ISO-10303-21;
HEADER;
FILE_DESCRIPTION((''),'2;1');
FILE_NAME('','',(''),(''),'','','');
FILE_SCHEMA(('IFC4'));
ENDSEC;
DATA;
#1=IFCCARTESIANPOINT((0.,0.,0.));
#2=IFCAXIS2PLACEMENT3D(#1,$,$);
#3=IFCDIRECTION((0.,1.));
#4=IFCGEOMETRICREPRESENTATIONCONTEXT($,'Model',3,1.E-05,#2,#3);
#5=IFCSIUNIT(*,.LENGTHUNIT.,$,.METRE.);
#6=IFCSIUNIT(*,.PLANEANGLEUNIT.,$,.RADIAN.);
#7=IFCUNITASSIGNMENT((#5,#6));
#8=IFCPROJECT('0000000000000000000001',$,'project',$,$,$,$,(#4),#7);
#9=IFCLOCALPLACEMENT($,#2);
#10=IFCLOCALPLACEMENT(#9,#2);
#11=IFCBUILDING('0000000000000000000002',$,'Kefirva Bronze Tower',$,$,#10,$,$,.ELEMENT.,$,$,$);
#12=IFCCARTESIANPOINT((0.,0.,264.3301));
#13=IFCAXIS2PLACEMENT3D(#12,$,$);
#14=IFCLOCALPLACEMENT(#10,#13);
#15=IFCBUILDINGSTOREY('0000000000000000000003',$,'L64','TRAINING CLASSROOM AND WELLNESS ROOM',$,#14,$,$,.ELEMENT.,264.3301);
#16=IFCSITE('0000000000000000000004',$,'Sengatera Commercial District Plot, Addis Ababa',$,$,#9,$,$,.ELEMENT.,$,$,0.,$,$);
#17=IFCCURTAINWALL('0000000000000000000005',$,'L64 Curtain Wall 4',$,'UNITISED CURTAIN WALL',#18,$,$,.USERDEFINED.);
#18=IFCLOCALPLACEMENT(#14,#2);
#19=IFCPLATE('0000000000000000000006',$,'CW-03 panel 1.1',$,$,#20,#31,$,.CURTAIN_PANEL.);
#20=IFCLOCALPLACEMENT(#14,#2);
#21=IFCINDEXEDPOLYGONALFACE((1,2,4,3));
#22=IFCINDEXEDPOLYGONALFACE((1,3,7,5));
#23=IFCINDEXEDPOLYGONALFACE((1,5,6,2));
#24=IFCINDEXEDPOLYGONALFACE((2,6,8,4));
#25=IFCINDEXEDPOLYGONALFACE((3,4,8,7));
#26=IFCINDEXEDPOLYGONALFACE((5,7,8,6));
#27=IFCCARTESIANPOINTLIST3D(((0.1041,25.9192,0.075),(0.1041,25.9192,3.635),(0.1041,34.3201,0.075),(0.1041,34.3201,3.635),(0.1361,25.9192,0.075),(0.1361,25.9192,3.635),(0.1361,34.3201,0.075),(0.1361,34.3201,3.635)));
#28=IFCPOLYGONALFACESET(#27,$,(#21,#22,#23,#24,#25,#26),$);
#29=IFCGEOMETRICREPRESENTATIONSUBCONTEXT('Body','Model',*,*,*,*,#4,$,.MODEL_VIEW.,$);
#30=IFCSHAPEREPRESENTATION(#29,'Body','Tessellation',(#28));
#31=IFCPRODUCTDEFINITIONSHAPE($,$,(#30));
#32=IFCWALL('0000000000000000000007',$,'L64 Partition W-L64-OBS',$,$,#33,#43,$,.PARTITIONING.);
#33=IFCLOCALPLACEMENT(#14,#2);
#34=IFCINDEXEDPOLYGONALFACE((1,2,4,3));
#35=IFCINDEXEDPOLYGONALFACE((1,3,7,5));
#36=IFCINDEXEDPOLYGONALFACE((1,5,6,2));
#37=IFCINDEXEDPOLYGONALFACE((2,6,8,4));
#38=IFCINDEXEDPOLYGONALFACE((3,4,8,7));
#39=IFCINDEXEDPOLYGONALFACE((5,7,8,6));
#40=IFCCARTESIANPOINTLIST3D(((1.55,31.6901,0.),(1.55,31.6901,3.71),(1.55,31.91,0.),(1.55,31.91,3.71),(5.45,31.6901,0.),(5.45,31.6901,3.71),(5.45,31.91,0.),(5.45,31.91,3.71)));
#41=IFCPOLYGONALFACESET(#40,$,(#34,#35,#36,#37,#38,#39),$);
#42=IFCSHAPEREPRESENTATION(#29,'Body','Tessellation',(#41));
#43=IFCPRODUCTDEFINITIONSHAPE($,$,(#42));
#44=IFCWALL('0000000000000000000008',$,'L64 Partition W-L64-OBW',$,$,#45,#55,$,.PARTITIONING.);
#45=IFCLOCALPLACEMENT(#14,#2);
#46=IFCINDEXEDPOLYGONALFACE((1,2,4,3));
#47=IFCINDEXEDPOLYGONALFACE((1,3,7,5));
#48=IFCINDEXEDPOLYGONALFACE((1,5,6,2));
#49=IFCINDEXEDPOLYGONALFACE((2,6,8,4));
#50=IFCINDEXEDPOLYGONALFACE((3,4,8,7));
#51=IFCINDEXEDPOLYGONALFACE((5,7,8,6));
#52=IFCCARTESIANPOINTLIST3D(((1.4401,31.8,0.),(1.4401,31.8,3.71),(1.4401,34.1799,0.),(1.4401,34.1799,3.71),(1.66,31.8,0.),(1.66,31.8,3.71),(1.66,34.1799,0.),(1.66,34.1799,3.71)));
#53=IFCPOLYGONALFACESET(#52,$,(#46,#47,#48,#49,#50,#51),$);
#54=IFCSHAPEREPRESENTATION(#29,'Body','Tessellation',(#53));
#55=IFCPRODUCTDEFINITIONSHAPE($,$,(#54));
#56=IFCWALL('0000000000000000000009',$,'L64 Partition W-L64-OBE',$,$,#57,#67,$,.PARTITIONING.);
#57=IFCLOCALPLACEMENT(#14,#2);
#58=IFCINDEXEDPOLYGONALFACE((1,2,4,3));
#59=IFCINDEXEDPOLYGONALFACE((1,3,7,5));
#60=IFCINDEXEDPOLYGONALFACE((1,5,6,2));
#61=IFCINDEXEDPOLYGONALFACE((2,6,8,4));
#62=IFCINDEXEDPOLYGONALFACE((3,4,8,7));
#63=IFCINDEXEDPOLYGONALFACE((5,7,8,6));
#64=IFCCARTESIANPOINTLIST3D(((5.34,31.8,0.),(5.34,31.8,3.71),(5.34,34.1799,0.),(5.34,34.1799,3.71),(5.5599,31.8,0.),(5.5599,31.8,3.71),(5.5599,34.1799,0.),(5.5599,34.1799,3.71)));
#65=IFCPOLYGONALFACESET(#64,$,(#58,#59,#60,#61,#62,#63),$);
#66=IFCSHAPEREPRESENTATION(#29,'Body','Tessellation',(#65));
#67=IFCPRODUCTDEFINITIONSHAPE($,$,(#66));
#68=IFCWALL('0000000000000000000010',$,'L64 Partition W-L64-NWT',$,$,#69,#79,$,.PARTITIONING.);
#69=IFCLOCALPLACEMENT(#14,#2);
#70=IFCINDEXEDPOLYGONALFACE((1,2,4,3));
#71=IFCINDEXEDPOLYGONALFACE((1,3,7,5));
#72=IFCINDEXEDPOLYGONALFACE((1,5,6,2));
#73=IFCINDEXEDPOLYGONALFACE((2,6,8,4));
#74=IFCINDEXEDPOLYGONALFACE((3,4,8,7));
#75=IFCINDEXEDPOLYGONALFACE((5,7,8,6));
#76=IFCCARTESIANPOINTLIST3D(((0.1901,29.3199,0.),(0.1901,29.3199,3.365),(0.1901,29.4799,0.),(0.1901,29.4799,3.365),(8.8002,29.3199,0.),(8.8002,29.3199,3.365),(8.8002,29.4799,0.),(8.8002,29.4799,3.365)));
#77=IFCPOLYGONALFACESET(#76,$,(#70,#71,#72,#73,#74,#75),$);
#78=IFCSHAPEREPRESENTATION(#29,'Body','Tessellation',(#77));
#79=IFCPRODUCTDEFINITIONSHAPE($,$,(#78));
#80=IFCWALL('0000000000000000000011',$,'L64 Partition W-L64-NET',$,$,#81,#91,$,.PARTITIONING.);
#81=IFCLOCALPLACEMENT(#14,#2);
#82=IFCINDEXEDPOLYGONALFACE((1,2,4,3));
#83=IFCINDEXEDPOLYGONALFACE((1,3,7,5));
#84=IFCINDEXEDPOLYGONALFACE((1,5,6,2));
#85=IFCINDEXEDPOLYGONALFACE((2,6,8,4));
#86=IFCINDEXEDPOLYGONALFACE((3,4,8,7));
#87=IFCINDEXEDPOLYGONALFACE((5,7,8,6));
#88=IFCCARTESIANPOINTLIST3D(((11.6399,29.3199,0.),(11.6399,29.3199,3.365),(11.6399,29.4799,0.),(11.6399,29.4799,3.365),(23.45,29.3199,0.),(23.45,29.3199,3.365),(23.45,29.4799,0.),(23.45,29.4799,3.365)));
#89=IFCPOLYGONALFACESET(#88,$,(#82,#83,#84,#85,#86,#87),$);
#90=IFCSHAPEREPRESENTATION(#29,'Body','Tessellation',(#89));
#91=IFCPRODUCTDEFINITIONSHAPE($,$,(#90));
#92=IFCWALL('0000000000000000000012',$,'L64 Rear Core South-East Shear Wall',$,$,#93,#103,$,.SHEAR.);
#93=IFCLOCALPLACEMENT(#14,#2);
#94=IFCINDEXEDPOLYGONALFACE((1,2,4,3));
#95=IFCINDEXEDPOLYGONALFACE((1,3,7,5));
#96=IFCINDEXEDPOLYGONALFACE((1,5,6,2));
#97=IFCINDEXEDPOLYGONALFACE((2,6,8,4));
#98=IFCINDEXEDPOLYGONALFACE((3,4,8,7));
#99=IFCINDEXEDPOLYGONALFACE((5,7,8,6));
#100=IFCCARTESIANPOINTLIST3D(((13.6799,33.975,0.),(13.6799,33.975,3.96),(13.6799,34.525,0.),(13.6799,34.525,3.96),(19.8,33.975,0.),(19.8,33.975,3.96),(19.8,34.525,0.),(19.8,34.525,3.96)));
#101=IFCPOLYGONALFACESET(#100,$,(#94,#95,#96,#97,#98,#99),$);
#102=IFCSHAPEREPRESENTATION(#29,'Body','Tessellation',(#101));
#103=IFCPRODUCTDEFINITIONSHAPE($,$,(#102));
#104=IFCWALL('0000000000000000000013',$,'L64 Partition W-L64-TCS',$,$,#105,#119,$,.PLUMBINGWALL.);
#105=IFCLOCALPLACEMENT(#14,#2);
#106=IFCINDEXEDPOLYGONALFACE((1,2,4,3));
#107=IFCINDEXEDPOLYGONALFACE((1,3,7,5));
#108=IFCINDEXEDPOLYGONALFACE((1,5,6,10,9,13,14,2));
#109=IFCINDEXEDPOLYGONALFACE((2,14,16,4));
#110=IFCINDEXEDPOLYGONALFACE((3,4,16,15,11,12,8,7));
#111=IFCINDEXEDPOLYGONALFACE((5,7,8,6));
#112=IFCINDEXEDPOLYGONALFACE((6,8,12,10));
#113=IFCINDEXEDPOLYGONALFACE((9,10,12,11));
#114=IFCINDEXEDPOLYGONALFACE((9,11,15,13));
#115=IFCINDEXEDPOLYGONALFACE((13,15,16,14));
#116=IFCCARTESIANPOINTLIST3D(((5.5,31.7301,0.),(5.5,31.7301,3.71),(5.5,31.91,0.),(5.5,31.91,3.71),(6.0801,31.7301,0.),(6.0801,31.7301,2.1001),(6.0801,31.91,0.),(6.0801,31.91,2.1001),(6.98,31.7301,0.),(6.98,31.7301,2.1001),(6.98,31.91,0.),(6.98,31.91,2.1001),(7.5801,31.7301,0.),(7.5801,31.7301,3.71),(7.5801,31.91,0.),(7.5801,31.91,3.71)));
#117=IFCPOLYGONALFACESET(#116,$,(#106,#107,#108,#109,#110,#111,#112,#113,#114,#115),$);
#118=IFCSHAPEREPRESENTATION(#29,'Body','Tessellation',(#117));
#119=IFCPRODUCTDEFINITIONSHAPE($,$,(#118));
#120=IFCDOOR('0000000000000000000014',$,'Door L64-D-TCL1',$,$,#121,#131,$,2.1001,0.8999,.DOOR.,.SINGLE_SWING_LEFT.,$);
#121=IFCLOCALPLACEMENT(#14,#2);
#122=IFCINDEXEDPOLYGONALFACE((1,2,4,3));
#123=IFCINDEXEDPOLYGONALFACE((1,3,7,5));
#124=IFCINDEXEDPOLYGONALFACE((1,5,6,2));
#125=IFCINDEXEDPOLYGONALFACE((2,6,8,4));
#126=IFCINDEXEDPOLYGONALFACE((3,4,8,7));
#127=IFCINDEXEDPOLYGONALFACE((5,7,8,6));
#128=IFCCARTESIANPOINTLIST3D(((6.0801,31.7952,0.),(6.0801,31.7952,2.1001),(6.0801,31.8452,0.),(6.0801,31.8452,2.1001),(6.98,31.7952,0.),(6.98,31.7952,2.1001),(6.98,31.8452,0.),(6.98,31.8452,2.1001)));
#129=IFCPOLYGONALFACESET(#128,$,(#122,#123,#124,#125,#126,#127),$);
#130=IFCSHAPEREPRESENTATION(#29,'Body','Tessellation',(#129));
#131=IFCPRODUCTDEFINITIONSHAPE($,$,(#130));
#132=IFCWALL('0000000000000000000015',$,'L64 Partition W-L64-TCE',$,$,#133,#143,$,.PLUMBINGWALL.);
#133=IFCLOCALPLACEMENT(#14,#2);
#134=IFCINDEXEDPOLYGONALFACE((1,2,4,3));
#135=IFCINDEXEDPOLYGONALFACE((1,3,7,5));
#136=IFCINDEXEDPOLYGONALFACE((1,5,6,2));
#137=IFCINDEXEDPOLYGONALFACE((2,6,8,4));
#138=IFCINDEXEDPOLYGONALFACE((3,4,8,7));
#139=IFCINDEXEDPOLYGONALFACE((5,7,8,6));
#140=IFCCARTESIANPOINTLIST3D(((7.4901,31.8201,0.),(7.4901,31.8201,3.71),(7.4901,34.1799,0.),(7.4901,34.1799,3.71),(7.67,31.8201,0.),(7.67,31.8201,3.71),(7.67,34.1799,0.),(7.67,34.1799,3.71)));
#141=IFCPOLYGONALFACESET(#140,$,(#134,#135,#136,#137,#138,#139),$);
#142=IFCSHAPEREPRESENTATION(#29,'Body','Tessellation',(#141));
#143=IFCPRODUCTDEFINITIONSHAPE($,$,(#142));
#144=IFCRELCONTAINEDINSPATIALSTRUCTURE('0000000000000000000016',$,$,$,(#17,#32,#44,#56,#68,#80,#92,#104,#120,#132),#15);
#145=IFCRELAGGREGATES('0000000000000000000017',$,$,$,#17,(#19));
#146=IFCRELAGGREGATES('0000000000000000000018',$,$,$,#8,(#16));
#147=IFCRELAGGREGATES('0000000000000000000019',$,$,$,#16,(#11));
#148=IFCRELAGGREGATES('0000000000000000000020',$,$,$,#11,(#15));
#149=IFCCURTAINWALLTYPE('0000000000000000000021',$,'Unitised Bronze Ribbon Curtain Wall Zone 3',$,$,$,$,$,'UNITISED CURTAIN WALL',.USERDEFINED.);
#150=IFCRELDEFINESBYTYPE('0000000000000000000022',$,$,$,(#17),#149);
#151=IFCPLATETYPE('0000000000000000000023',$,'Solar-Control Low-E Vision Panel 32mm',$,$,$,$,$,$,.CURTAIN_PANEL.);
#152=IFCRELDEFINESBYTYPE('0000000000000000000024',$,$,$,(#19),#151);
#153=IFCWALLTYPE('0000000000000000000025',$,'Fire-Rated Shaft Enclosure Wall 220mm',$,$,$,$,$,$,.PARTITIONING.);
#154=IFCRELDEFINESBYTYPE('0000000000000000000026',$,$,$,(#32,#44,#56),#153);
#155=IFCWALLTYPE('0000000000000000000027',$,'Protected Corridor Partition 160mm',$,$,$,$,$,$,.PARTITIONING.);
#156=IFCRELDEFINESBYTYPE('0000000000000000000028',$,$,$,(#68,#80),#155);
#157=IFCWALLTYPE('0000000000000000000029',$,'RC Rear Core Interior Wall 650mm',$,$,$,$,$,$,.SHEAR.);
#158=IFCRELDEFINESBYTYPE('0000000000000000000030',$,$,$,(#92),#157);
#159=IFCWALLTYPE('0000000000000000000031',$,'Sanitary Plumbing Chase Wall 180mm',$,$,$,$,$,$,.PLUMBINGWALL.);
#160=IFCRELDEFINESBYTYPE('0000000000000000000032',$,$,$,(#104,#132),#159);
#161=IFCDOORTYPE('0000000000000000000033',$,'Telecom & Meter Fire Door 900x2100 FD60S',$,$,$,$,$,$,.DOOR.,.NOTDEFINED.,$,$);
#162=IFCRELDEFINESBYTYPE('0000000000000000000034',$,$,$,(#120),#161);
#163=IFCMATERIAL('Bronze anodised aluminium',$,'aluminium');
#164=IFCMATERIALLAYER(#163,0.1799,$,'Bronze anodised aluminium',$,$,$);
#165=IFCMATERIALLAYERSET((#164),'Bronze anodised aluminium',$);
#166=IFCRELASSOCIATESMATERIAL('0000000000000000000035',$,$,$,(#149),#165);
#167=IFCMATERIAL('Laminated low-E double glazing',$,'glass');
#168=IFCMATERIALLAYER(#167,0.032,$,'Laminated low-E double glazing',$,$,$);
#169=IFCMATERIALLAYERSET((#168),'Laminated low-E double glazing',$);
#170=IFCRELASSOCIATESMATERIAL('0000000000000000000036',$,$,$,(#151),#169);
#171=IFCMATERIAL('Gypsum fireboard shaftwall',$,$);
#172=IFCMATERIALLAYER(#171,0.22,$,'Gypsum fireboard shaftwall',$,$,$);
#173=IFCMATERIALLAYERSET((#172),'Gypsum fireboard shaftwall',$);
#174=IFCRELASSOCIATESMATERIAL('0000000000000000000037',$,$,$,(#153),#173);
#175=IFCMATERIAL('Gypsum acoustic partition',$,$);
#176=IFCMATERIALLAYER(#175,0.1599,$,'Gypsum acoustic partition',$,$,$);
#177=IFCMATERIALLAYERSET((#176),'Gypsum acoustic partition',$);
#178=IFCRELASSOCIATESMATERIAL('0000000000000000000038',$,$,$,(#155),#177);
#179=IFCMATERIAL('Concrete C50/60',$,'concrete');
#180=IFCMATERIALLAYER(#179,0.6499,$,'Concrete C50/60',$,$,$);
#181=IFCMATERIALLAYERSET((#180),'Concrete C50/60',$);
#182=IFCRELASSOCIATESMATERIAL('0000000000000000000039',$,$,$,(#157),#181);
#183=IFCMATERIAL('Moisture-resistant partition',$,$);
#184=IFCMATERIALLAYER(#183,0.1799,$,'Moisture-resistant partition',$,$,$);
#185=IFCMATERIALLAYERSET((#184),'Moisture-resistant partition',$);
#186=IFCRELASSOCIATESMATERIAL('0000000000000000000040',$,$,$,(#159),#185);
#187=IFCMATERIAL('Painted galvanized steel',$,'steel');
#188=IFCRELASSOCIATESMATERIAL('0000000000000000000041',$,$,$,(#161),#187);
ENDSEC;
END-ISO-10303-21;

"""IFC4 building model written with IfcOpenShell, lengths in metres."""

from ifc_helpers import new_model, si_unit, direction, frame, frame_2d, origin, origin_2d, place, context, subcontext, project, spatial, rectangle, extrude, material, layer, layer_set, type_object, element, fill, aggregate, save


model = new_model("IFC4")

# Units and contexts
model_context = context("Model", 3, precision=1e-05, world=origin(), true_north=direction((0.0, 1.0)))
body_context = subcontext(model_context, "Body", "Model", "MODEL_VIEW")
ifc_project = project(units=[si_unit("LENGTHUNIT", "METRE"), si_unit("PLANEANGLEUNIT", "RADIAN")], contexts=[model_context])

# Site, building, storey
site_placement = place(None, origin())
site = spatial("IfcSite", under=ifc_project, at=site_placement, Name="Sengatera Commercial District Plot, Addis Ababa", CompositionType="ELEMENT", RefElevation=0.0)
building_placement = place(site_placement, origin())
building = spatial("IfcBuilding", under=site, at=building_placement, Name="Kefirva Bronze Tower", CompositionType="ELEMENT")
storey_placement = place(building_placement, frame((0.0, 0.0, 264.3301)))
storey = spatial("IfcBuildingStorey", under=building, at=storey_placement, Name="L64", Description="TRAINING CLASSROOM AND WELLNESS ROOM", CompositionType="ELEMENT", Elevation=264.3301)

# Shared definitions
ifc_material_1 = material(Name="Concrete C50/60", Category="concrete")

# Curtain wall
ifc_material_2 = material(Name="Bronze anodised aluminium", Category="aluminium")
ifc_layer_1 = layer(ifc_material_2, 0.1799, Name="Bronze anodised aluminium")
ifc_layer_set_1 = layer_set([ifc_layer_1], Name="Bronze anodised aluminium")
curtain_wall_type = type_object("IfcCurtainWallType", Name="Unitised Bronze Ribbon Curtain Wall Zone 3", ElementType="UNITISED CURTAIN WALL", PredefinedType="USERDEFINED", material=ifc_layer_set_1)
curtain_wall_placement = place(storey_placement, origin())
curtain_wall = element("IfcCurtainWall", 1, at=curtain_wall_placement, inside=storey, type_object=curtain_wall_type, Name="L64 Curtain Wall 4", ObjectType="UNITISED CURTAIN WALL", PredefinedType="USERDEFINED")

# Plate
ifc_material_3 = material(Name="Laminated low-E double glazing", Category="glass")
ifc_layer_2 = layer(ifc_material_3, 0.032, Name="Laminated low-E double glazing")
ifc_layer_set_2 = layer_set([ifc_layer_2], Name="Laminated low-E double glazing")
plate_type = type_object("IfcPlateType", Name="Solar-Control Low-E Vision Panel 32mm", PredefinedType="CURTAIN_PANEL", material=ifc_layer_set_2)
plate_placement = place(storey_placement, frame((0.1201, 30.1196, 0.075), z_axis=(0.0, 0.0, 1.0), x_axis=(0.0, -1.0, 0.0)))
plate = element("IfcPlate", 2, at=plate_placement, type_object=plate_type, Name="CW-03 panel 1.1", PredefinedType="CURTAIN_PANEL", context=body_context, shape_type="SweptSolid", body=[
    extrude(rectangle(XDim=8.4009, YDim=0.032, at=origin_2d()), origin(), (0.0, 0.0, 1.0), 3.5601),
])
aggregate(curtain_wall, [plate])

# Walls
ifc_material_4 = material(Name="Gypsum fireboard shaftwall")
ifc_layer_3 = layer(ifc_material_4, 0.22, Name="Gypsum fireboard shaftwall")
ifc_layer_set_3 = layer_set([ifc_layer_3], Name="Gypsum fireboard shaftwall")
wall_type_1 = type_object("IfcWallType", Name="Fire-Rated Shaft Enclosure Wall 220mm", PredefinedType="PARTITIONING", material=ifc_layer_set_3)
wall_1_placement = place(storey_placement, frame((1.55, 31.8, 0.0), z_axis=(0.0, 0.0, 1.0), x_axis=(1.0, 0.0, 0.0)))
element("IfcWall", 3, at=wall_1_placement, inside=storey, type_object=wall_type_1, Name="L64 Partition W-L64-OBS", PredefinedType="PARTITIONING", context=body_context, shape_type="SweptSolid", body=[
    extrude(rectangle(XDim=3.8999, YDim=0.22, at=frame_2d((1.95, 0.0))), origin(), (0.0, 0.0, 1.0), 3.71),
])
for number, where, z_axis, x_axis, name in (
    (4, (1.55, 31.8, 0.0), (0.0, 0.0, 1.0), (0.0, 1.0, 0.0), "L64 Partition W-L64-OBW"),
    (5, (5.45, 31.8, 0.0), (0.0, 0.0, 1.0), (0.0, 1.0, 0.0), "L64 Partition W-L64-OBE"),
):
    element("IfcWall", number, at=place(storey_placement, frame(where, z_axis=z_axis, x_axis=x_axis)), inside=storey, type_object=wall_type_1, Name=name, PredefinedType="PARTITIONING", context=body_context, shape_type="SweptSolid", body=[
        extrude(rectangle(XDim=2.3799, YDim=0.22, at=frame_2d((1.1899, 0.0))), origin(), (0.0, 0.0, 1.0), 3.71),
    ])
ifc_material_5 = material(Name="Gypsum acoustic partition")
ifc_layer_4 = layer(ifc_material_5, 0.1599, Name="Gypsum acoustic partition")
ifc_layer_set_4 = layer_set([ifc_layer_4], Name="Gypsum acoustic partition")
wall_type_2 = type_object("IfcWallType", Name="Protected Corridor Partition 160mm", PredefinedType="PARTITIONING", material=ifc_layer_set_4)
wall_2_placement = place(storey_placement, frame((0.1899, 29.3999, 0.0), z_axis=(0.0, 0.0, 1.0), x_axis=(1.0, 0.0, 0.0)))
element("IfcWall", 6, at=wall_2_placement, inside=storey, type_object=wall_type_2, Name="L64 Partition W-L64-NWT", PredefinedType="PARTITIONING", context=body_context, shape_type="SweptSolid", body=[
    extrude(rectangle(XDim=8.6101, YDim=0.1599, at=frame_2d((4.3052, 0.0))), origin(), (0.0, 0.0, 1.0), 3.365),
])
wall_3_placement = place(storey_placement, frame((11.6399, 29.3999, 0.0), z_axis=(0.0, 0.0, 1.0), x_axis=(1.0, 0.0, 0.0)))
element("IfcWall", 7, at=wall_3_placement, inside=storey, type_object=wall_type_2, Name="L64 Partition W-L64-NET", PredefinedType="PARTITIONING", context=body_context, shape_type="SweptSolid", body=[
    extrude(rectangle(XDim=11.8101, YDim=0.1599, at=frame_2d((5.905, 0.0))), origin(), (0.0, 0.0, 1.0), 3.365),
])

# Shared definitions
ifc_layer_5 = layer(ifc_material_1, 0.6499, Name="Concrete C50/60")
ifc_layer_set_5 = layer_set([ifc_layer_5], Name="Concrete C50/60")
wall_type_3 = type_object("IfcWallType", Name="RC Rear Core Interior Wall 650mm", PredefinedType="SHEAR", material=ifc_layer_set_5)
ifc_material_6 = material(Name="Painted galvanized steel", Category="steel")

# Wall
wall_4_placement = place(storey_placement, frame((13.6799, 34.25, 0.0), z_axis=(0.0, 0.0, 1.0), x_axis=(1.0, 0.0, 0.0)))
element("IfcWall", 8, at=wall_4_placement, inside=storey, type_object=wall_type_3, Name="L64 Rear Core South-East Shear Wall", PredefinedType="SHEAR", context=body_context, shape_type="SweptSolid", body=[
    extrude(rectangle(XDim=6.1201, YDim=0.55, at=frame_2d((3.0601, 0.0))), origin(), (0.0, 0.0, 1.0), 3.96),
])

# Wall, opening, door
ifc_material_7 = material(Name="Moisture-resistant partition")
ifc_layer_6 = layer(ifc_material_7, 0.1799, Name="Moisture-resistant partition")
ifc_layer_set_6 = layer_set([ifc_layer_6], Name="Moisture-resistant partition")
wall_type_4 = type_object("IfcWallType", Name="Sanitary Plumbing Chase Wall 180mm", PredefinedType="PLUMBINGWALL", material=ifc_layer_set_6)
wall_5_placement = place(storey_placement, frame((5.5, 31.8201, 0.0), z_axis=(0.0, 0.0, 1.0), x_axis=(1.0, 0.0, 0.0)))
wall_5 = element("IfcWall", 9, at=wall_5_placement, inside=storey, type_object=wall_type_4, Name="L64 Partition W-L64-TCS", PredefinedType="PLUMBINGWALL", context=body_context, shape_type="SweptSolid", body=[
    extrude(rectangle(XDim=2.0801, YDim=0.1799, at=frame_2d((1.04, 0.0))), origin(), (0.0, 0.0, 1.0), 3.71),
])
opening_1_placement = place(wall_5_placement, frame((1.48, 0.0, 0.0), z_axis=(0.0, 0.0, 1.0), x_axis=(-1.0, 0.0, 0.0)))
opening_1 = element("IfcOpeningElement", 10, at=opening_1_placement, cuts=wall_5, PredefinedType="OPENING", context=body_context, shape_type="SweptSolid", body=[
    extrude(rectangle(XDim=0.8999, YDim=2.1001, at=frame_2d((0.45, 1.05))), frame((0.0, 0.1001, 0.0), z_axis=(0.0, -1.0, 0.0), x_axis=(1.0, 0.0, 0.0)), (0.0, 0.0, 1.0), 0.2),
])
door_type_1 = type_object("IfcDoorType", Name="Telecom & Meter Fire Door 900x2100 FD60S", OperationType="NOTDEFINED", PredefinedType="DOOR", material=ifc_material_6)
door_1_placement = place(opening_1_placement, origin())
door_1 = element("IfcDoor", 11, at=door_1_placement, inside=storey, type_object=door_type_1, Name="Door L64-D-TCL1", OperationType="SINGLE_SWING_LEFT", OverallHeight=2.1001, OverallWidth=0.8999, PredefinedType="DOOR", context=body_context, shape_type="SweptSolid", body=[
    extrude(rectangle(XDim=0.8999, YDim=2.1001, at=frame_2d((0.45, 1.05))), frame((0.0, 0.0249, 0.0), z_axis=(0.0, -1.0, 0.0), x_axis=(1.0, 0.0, 0.0)), (0.0, 0.0, 1.0), 0.05),
])
fill(opening_1, door_1)

# Wall
wall_6_placement = place(storey_placement, frame((7.5801, 31.8201, 0.0), z_axis=(0.0, 0.0, 1.0), x_axis=(0.0, 1.0, 0.0)))
element("IfcWall", 12, at=wall_6_placement, inside=storey, type_object=wall_type_4, Name="L64 Partition W-L64-TCE", PredefinedType="PLUMBINGWALL", context=body_context, shape_type="SweptSolid", body=[
    extrude(rectangle(XDim=2.3599, YDim=0.1799, at=frame_2d((1.1799, 0.0))), origin(), (0.0, 0.0, 1.0), 3.71),
])

save(model, "model.ifc")
